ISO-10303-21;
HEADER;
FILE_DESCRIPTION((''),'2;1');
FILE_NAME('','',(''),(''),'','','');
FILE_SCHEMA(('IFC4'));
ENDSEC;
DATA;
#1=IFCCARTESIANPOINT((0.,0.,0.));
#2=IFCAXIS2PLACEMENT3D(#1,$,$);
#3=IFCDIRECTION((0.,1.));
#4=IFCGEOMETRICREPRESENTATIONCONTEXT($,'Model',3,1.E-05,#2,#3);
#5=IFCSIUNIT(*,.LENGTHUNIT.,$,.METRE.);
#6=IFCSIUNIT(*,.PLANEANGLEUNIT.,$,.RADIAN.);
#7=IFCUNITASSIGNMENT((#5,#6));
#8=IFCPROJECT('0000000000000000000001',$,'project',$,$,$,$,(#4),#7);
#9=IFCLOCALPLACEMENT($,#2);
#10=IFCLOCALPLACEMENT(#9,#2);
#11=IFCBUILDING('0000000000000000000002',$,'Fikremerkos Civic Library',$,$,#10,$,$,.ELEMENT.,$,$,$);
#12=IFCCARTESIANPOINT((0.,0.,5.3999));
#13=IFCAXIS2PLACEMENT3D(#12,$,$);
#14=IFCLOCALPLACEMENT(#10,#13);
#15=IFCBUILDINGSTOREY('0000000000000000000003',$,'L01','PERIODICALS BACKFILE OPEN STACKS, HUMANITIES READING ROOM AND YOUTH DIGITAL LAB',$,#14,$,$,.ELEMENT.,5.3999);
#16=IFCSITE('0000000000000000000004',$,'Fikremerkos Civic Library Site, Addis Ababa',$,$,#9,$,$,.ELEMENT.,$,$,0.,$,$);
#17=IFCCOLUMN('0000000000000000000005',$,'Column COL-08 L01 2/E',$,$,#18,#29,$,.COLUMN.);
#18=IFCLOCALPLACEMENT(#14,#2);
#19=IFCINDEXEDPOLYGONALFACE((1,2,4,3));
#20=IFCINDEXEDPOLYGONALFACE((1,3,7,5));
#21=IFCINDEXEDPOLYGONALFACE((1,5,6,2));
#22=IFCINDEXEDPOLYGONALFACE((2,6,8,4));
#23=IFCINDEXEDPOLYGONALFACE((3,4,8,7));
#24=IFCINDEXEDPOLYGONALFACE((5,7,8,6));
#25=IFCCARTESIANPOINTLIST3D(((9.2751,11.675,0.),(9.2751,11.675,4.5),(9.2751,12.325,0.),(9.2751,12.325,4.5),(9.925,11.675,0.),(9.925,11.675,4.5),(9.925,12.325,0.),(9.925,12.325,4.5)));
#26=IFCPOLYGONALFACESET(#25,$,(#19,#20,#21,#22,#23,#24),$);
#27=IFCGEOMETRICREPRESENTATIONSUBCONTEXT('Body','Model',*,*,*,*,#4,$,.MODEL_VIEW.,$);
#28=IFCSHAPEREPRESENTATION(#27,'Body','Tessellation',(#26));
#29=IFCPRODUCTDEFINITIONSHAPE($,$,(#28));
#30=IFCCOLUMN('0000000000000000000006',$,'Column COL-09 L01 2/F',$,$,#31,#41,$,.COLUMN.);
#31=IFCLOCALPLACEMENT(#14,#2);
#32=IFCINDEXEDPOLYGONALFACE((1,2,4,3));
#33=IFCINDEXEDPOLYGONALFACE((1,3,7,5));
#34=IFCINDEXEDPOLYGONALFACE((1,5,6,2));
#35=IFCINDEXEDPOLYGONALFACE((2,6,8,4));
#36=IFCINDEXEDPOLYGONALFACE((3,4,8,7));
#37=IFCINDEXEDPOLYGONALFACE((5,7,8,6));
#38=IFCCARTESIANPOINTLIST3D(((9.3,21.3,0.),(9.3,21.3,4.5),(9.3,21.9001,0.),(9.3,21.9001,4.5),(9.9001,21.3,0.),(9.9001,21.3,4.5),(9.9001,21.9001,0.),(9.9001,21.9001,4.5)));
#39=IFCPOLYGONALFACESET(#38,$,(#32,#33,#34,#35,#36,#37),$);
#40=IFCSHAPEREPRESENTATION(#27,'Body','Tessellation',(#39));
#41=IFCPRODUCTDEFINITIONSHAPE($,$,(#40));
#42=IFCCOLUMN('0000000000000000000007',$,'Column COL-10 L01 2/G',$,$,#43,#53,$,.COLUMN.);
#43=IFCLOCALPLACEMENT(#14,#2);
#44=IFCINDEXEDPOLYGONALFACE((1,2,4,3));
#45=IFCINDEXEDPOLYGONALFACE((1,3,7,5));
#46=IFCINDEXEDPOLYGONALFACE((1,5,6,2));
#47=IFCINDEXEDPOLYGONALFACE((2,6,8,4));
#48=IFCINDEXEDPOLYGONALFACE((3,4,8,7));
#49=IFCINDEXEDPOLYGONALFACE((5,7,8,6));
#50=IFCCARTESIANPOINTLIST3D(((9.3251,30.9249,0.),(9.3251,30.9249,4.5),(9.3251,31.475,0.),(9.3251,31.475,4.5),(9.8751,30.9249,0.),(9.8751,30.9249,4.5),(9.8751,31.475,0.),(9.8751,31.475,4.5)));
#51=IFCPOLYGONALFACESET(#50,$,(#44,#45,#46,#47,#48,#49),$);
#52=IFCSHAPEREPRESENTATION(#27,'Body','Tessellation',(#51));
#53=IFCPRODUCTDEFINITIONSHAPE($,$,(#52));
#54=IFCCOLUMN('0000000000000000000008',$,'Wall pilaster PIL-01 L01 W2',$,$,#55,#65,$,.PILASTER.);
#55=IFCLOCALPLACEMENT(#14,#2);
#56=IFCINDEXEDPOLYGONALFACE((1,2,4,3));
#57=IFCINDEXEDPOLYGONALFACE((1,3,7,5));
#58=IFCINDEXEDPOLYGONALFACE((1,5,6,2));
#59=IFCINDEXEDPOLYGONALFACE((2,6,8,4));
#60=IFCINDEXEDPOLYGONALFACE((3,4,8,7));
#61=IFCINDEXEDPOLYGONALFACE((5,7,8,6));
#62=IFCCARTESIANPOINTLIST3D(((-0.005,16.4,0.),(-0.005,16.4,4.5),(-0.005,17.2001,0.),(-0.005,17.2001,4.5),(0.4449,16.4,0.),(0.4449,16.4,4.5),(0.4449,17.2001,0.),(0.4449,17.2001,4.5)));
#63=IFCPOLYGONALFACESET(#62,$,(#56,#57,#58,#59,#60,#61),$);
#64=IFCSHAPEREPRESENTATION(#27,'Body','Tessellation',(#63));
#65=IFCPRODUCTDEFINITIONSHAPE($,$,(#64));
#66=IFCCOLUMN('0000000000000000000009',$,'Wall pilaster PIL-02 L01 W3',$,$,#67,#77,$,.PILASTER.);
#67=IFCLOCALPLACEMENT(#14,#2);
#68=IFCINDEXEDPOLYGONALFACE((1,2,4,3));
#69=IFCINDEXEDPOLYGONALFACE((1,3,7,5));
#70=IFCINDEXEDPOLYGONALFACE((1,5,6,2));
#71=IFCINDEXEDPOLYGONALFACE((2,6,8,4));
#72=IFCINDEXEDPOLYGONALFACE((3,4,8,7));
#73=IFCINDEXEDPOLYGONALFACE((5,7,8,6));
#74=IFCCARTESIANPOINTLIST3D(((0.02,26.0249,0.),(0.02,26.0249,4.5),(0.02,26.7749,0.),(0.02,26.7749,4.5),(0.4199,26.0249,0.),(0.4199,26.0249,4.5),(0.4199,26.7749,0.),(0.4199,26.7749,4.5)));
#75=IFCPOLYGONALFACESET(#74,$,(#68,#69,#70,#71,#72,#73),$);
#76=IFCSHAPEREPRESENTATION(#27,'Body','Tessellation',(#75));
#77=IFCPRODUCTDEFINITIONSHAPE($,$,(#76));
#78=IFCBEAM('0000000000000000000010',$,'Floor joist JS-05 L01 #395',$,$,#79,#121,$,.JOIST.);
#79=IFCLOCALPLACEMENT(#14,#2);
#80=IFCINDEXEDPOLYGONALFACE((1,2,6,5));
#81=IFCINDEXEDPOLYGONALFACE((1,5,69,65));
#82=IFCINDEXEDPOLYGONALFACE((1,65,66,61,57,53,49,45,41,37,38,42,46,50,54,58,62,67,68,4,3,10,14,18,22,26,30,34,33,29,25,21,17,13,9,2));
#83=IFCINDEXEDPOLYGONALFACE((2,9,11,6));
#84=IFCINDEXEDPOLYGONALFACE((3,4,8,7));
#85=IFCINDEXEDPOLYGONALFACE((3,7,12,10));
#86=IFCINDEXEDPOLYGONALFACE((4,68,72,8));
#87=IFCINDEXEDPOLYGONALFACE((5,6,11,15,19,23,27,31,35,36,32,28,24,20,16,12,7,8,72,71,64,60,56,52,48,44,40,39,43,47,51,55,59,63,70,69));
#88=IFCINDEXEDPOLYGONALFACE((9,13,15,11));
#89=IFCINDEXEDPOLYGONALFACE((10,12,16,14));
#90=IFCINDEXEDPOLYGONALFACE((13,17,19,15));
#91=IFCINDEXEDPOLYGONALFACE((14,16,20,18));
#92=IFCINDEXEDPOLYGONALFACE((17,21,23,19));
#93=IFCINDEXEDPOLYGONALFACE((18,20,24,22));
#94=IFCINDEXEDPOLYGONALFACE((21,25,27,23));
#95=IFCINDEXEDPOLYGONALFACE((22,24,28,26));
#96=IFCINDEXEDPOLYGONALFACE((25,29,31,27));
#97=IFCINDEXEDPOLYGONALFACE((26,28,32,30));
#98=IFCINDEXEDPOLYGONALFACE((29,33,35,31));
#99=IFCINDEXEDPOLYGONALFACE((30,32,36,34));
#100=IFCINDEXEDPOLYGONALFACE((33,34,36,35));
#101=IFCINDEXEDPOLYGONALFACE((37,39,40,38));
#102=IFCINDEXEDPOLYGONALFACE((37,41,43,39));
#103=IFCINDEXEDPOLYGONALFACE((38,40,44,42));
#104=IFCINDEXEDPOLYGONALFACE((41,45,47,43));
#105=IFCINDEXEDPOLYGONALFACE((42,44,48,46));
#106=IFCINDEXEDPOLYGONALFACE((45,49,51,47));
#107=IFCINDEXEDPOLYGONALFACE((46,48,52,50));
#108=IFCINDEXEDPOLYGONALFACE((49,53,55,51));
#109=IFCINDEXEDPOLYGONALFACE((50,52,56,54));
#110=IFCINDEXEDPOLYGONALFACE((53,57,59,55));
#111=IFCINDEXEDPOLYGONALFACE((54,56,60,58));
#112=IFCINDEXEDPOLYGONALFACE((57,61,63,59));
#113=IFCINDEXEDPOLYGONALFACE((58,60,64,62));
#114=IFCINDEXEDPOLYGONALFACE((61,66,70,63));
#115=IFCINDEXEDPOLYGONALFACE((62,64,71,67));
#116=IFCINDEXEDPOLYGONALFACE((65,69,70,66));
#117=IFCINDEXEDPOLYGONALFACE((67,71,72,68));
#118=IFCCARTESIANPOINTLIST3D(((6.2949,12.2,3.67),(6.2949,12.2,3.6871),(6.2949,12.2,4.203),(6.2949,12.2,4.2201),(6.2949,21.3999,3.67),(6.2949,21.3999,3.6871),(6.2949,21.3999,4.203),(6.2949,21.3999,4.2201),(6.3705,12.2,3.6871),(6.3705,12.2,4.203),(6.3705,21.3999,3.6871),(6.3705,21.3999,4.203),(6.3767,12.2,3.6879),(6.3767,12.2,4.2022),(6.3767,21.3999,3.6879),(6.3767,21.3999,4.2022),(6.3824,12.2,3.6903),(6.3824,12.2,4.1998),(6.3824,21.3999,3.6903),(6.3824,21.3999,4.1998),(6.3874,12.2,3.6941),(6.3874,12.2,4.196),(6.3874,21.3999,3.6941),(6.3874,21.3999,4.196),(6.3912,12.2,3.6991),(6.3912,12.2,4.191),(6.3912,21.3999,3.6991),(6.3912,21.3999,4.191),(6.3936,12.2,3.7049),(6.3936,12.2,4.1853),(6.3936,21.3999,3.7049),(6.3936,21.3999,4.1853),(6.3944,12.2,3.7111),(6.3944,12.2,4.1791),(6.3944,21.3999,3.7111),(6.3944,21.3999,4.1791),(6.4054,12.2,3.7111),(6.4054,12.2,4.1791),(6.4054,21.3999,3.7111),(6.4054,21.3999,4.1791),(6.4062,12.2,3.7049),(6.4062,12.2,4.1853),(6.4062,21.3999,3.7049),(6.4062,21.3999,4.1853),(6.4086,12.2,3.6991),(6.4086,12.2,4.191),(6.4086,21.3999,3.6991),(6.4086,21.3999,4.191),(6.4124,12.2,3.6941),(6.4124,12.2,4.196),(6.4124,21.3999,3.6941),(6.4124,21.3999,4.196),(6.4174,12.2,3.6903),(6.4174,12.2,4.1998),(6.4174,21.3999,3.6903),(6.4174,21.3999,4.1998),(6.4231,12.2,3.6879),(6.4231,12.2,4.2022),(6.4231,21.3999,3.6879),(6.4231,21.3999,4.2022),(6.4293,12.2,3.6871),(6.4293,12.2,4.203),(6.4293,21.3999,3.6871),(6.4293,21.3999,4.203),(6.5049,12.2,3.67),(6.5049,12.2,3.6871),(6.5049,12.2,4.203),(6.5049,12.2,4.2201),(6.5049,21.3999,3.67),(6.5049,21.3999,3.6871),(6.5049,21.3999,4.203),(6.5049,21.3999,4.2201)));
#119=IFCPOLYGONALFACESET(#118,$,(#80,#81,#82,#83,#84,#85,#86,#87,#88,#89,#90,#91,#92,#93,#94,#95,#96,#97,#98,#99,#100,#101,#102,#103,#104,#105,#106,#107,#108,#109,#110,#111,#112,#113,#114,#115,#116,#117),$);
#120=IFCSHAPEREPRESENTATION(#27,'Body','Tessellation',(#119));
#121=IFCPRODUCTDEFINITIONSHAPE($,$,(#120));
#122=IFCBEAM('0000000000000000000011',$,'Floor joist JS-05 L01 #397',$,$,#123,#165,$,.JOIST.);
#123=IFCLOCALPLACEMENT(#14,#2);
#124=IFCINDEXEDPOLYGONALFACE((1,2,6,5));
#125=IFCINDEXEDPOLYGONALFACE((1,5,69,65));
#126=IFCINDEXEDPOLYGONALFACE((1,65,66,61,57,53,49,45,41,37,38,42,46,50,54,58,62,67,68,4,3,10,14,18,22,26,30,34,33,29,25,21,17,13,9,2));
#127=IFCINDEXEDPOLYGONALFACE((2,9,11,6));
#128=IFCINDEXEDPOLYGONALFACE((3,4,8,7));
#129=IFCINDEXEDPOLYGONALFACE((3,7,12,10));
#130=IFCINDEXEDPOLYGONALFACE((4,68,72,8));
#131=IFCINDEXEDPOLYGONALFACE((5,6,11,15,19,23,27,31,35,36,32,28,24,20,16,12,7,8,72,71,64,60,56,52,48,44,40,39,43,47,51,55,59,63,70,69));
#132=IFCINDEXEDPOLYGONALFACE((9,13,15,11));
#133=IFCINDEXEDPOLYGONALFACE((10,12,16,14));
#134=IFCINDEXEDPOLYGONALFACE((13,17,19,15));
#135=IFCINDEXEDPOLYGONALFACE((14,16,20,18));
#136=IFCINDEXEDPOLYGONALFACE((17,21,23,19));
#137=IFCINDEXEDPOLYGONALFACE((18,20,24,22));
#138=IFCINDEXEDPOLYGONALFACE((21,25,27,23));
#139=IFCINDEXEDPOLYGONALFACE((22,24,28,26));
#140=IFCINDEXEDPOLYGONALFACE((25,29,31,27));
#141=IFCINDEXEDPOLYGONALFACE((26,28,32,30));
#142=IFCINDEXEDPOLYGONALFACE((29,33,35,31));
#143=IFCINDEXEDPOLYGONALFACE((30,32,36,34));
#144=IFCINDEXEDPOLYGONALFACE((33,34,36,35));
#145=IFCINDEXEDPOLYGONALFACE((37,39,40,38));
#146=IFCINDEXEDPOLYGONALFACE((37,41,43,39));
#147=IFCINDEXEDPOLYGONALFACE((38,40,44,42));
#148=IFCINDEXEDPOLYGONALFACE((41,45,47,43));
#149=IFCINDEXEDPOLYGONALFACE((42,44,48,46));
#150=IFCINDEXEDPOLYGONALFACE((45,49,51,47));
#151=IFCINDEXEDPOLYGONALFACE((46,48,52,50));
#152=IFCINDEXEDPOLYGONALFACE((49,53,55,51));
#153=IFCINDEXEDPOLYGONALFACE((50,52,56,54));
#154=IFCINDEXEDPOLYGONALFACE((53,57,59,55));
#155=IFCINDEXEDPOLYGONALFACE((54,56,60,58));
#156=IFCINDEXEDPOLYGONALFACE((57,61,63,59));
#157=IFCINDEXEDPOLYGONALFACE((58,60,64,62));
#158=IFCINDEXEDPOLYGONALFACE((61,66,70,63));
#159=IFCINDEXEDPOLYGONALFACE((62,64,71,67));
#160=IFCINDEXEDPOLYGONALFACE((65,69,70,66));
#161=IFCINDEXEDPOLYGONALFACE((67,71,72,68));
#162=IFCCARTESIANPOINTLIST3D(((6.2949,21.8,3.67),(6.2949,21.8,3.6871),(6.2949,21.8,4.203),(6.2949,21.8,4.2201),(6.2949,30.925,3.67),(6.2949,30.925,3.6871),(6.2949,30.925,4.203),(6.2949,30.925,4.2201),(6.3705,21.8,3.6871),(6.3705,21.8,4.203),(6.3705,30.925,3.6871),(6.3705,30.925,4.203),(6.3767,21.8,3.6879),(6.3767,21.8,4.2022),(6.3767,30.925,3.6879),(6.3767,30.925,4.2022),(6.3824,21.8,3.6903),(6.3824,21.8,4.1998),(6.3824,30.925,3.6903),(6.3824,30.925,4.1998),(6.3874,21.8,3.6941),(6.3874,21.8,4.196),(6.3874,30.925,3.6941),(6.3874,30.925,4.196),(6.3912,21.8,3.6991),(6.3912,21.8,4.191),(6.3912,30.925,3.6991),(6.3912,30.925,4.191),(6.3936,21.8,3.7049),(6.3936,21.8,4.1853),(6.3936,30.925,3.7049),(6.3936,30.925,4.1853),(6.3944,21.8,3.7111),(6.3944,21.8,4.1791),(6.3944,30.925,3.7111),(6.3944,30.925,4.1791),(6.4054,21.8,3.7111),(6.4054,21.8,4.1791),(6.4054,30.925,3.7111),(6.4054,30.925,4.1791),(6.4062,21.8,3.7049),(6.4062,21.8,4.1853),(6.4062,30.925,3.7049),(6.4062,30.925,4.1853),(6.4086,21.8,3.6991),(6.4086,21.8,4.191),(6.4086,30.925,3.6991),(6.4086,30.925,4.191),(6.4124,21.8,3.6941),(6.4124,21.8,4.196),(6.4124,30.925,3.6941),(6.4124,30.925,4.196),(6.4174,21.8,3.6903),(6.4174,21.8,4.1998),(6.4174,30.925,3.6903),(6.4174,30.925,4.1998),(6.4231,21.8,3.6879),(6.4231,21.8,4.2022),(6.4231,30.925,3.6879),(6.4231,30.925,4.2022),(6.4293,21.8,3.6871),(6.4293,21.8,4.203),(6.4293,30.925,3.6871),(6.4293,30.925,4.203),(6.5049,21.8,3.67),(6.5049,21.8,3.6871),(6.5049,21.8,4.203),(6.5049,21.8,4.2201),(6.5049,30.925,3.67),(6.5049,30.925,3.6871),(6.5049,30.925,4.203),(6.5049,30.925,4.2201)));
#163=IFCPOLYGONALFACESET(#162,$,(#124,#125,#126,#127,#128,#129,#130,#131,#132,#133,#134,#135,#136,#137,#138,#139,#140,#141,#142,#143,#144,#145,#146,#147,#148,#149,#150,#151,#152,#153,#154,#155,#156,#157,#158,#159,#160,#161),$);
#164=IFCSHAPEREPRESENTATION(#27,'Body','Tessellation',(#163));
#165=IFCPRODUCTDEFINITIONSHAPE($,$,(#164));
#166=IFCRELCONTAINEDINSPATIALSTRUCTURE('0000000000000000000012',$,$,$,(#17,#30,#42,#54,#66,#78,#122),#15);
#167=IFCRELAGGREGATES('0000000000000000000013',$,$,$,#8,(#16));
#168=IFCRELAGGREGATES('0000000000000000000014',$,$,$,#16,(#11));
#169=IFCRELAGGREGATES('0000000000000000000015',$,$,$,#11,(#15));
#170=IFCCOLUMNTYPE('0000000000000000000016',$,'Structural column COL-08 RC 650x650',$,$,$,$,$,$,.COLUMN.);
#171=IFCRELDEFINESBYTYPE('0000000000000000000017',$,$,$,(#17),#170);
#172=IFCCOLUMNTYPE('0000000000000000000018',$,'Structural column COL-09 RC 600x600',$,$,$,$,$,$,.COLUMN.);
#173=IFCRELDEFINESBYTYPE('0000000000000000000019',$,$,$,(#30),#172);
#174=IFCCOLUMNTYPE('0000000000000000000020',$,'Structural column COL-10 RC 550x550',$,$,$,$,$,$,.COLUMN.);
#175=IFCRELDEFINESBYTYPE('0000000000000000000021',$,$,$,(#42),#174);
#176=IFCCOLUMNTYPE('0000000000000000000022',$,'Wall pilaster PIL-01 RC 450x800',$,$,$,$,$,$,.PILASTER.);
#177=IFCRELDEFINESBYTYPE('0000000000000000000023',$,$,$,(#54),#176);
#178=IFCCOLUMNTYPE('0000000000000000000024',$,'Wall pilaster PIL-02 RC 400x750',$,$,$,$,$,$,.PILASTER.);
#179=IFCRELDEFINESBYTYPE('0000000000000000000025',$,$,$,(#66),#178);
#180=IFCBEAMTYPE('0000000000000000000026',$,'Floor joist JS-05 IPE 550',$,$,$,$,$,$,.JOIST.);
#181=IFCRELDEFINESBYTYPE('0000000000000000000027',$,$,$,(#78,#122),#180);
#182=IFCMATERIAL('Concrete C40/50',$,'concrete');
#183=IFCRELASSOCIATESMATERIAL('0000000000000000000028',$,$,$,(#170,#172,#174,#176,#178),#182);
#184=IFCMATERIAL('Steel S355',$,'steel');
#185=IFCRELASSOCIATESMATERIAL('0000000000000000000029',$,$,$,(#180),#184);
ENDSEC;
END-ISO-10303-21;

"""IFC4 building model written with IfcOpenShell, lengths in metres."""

from ifc_helpers import new_model, si_unit, direction, frame, origin, origin_2d, place, context, subcontext, project, spatial, rectangle, i_section, extrude, material, material_profile, profile_set, type_object, element, save


model = new_model("IFC4")

# Units and contexts
model_context = context("Model", 3, precision=1e-05, world=origin(), true_north=direction((0.0, 1.0)))
body_context = subcontext(model_context, "Body", "Model", "MODEL_VIEW")
ifc_project = project(units=[si_unit("LENGTHUNIT", "METRE"), si_unit("PLANEANGLEUNIT", "RADIAN")], contexts=[model_context])

# Site, building, storey
site_placement = place(None, origin())
site = spatial("IfcSite", under=ifc_project, at=site_placement, Name="Fikremerkos Civic Library Site, Addis Ababa", CompositionType="ELEMENT", RefElevation=0.0)
building_placement = place(site_placement, origin())
building = spatial("IfcBuilding", under=site, at=building_placement, Name="Fikremerkos Civic Library", CompositionType="ELEMENT")
storey_placement = place(building_placement, frame((0.0, 0.0, 5.3999)))
storey = spatial("IfcBuildingStorey", under=building, at=storey_placement, Name="L01", Description="PERIODICALS BACKFILE OPEN STACKS, HUMANITIES READING ROOM AND YOUTH DIGITAL LAB", CompositionType="ELEMENT", Elevation=5.3999)

# Columns
ifc_material_1 = material(Name="Concrete C40/50", Category="concrete")
ifc_material_profile_1 = material_profile(ifc_material_1, rectangle(XDim=0.6499, YDim=0.6499, at=origin_2d()), Name="RC 650x650")
ifc_profile_set_1 = profile_set([ifc_material_profile_1], Name="Concrete C40/50")
column_type_1 = type_object("IfcColumnType", Name="Structural column COL-08 RC 650x650", PredefinedType="COLUMN", material=ifc_profile_set_1)
column_1_placement = place(storey_placement, frame((9.6001, 12.0, 0.0), z_axis=(0.0, 0.0, 1.0), x_axis=(1.0, 0.0, 0.0)))
element("IfcColumn", 1, at=column_1_placement, inside=storey, type_object=column_type_1, Name="Column COL-08 L01 2/E", PredefinedType="COLUMN", context=body_context, shape_type="SweptSolid", body=[
    extrude(rectangle(XDim=0.6499, YDim=0.6499, at=origin_2d()), origin(), (0.0, 0.0, 1.0), 4.5),
])
ifc_material_profile_2 = material_profile(ifc_material_1, rectangle(XDim=0.6001, YDim=0.6001, at=origin_2d()), Name="RC 600x600")
ifc_profile_set_2 = profile_set([ifc_material_profile_2], Name="Concrete C40/50")
column_type_2 = type_object("IfcColumnType", Name="Structural column COL-09 RC 600x600", PredefinedType="COLUMN", material=ifc_profile_set_2)
column_2_placement = place(storey_placement, frame((9.6001, 21.6001, 0.0), z_axis=(0.0, 0.0, 1.0), x_axis=(1.0, 0.0, 0.0)))
element("IfcColumn", 2, at=column_2_placement, inside=storey, type_object=column_type_2, Name="Column COL-09 L01 2/F", PredefinedType="COLUMN", context=body_context, shape_type="SweptSolid", body=[
    extrude(rectangle(XDim=0.6001, YDim=0.6001, at=origin_2d()), origin(), (0.0, 0.0, 1.0), 4.5),
])
ifc_material_profile_3 = material_profile(ifc_material_1, rectangle(XDim=0.55, YDim=0.55, at=origin_2d()), Name="RC 550x550")
ifc_profile_set_3 = profile_set([ifc_material_profile_3], Name="Concrete C40/50")
column_type_3 = type_object("IfcColumnType", Name="Structural column COL-10 RC 550x550", PredefinedType="COLUMN", material=ifc_profile_set_3)
column_3_placement = place(storey_placement, frame((9.6001, 31.2, 0.0), z_axis=(0.0, 0.0, 1.0), x_axis=(1.0, 0.0, 0.0)))
element("IfcColumn", 3, at=column_3_placement, inside=storey, type_object=column_type_3, Name="Column COL-10 L01 2/G", PredefinedType="COLUMN", context=body_context, shape_type="SweptSolid", body=[
    extrude(rectangle(XDim=0.55, YDim=0.55, at=origin_2d()), origin(), (0.0, 0.0, 1.0), 4.5),
])
ifc_material_profile_4 = material_profile(ifc_material_1, rectangle(XDim=0.45, YDim=0.8, at=origin_2d()), Name="RC 450x800")
ifc_profile_set_4 = profile_set([ifc_material_profile_4], Name="Concrete C40/50")
column_type_4 = type_object("IfcColumnType", Name="Wall pilaster PIL-01 RC 450x800", PredefinedType="PILASTER", material=ifc_profile_set_4)
column_4_placement = place(storey_placement, frame((0.22, 16.8, 0.0), z_axis=(0.0, 0.0, 1.0), x_axis=(1.0, 0.0, 0.0)))
element("IfcColumn", 4, at=column_4_placement, inside=storey, type_object=column_type_4, Name="Wall pilaster PIL-01 L01 W2", PredefinedType="PILASTER", context=body_context, shape_type="SweptSolid", body=[
    extrude(rectangle(XDim=0.45, YDim=0.8, at=origin_2d()), origin(), (0.0, 0.0, 1.0), 4.5),
])
ifc_material_profile_5 = material_profile(ifc_material_1, rectangle(XDim=0.3999, YDim=0.75, at=origin_2d()), Name="RC 400x750")
ifc_profile_set_5 = profile_set([ifc_material_profile_5], Name="Concrete C40/50")
column_type_5 = type_object("IfcColumnType", Name="Wall pilaster PIL-02 RC 400x750", PredefinedType="PILASTER", material=ifc_profile_set_5)
column_5_placement = place(storey_placement, frame((0.22, 26.3999, 0.0), z_axis=(0.0, 0.0, 1.0), x_axis=(1.0, 0.0, 0.0)))
element("IfcColumn", 5, at=column_5_placement, inside=storey, type_object=column_type_5, Name="Wall pilaster PIL-02 L01 W3", PredefinedType="PILASTER", context=body_context, shape_type="SweptSolid", body=[
    extrude(rectangle(XDim=0.3999, YDim=0.75, at=origin_2d()), origin(), (0.0, 0.0, 1.0), 4.5),
])

# Beams
ifc_material_2 = material(Name="Steel S355", Category="steel")
ifc_material_profile_6 = material_profile(ifc_material_2, i_section(OverallWidth=0.21, OverallDepth=0.55, WebThickness=0.011, FlangeThickness=0.0171, FilletRadius=0.0239, at=origin_2d()), Name="IPE 550")
ifc_profile_set_6 = profile_set([ifc_material_profile_6], Name="Steel S355")
beam_type_1 = type_object("IfcBeamType", Name="Floor joist JS-05 IPE 550", PredefinedType="JOIST", material=ifc_profile_set_6)
beam_1_placement = place(storey_placement, frame((6.3999, 12.2, 3.9451), z_axis=(0.0, 1.0, 0.0), x_axis=(-1.0, 0.0, 0.0)))
element("IfcBeam", 6, at=beam_1_placement, inside=storey, type_object=beam_type_1, Name="Floor joist JS-05 L01 #395", PredefinedType="JOIST", context=body_context, shape_type="SweptSolid", body=[
    extrude(i_section(OverallWidth=0.21, OverallDepth=0.55, WebThickness=0.011, FlangeThickness=0.0171, FilletRadius=0.0239, at=origin_2d()), origin(), (0.0, 0.0, 1.0), 9.2),
])
beam_2_placement = place(storey_placement, frame((6.3999, 21.8, 3.9451), z_axis=(0.0, 1.0, 0.0), x_axis=(-1.0, 0.0, 0.0)))
element("IfcBeam", 7, at=beam_2_placement, inside=storey, type_object=beam_type_1, Name="Floor joist JS-05 L01 #397", PredefinedType="JOIST", context=body_context, shape_type="SweptSolid", body=[
    extrude(i_section(OverallWidth=0.21, OverallDepth=0.55, WebThickness=0.011, FlangeThickness=0.0171, FilletRadius=0.0239, at=origin_2d()), origin(), (0.0, 0.0, 1.0), 9.125),
])

save(model, "model.ifc")
